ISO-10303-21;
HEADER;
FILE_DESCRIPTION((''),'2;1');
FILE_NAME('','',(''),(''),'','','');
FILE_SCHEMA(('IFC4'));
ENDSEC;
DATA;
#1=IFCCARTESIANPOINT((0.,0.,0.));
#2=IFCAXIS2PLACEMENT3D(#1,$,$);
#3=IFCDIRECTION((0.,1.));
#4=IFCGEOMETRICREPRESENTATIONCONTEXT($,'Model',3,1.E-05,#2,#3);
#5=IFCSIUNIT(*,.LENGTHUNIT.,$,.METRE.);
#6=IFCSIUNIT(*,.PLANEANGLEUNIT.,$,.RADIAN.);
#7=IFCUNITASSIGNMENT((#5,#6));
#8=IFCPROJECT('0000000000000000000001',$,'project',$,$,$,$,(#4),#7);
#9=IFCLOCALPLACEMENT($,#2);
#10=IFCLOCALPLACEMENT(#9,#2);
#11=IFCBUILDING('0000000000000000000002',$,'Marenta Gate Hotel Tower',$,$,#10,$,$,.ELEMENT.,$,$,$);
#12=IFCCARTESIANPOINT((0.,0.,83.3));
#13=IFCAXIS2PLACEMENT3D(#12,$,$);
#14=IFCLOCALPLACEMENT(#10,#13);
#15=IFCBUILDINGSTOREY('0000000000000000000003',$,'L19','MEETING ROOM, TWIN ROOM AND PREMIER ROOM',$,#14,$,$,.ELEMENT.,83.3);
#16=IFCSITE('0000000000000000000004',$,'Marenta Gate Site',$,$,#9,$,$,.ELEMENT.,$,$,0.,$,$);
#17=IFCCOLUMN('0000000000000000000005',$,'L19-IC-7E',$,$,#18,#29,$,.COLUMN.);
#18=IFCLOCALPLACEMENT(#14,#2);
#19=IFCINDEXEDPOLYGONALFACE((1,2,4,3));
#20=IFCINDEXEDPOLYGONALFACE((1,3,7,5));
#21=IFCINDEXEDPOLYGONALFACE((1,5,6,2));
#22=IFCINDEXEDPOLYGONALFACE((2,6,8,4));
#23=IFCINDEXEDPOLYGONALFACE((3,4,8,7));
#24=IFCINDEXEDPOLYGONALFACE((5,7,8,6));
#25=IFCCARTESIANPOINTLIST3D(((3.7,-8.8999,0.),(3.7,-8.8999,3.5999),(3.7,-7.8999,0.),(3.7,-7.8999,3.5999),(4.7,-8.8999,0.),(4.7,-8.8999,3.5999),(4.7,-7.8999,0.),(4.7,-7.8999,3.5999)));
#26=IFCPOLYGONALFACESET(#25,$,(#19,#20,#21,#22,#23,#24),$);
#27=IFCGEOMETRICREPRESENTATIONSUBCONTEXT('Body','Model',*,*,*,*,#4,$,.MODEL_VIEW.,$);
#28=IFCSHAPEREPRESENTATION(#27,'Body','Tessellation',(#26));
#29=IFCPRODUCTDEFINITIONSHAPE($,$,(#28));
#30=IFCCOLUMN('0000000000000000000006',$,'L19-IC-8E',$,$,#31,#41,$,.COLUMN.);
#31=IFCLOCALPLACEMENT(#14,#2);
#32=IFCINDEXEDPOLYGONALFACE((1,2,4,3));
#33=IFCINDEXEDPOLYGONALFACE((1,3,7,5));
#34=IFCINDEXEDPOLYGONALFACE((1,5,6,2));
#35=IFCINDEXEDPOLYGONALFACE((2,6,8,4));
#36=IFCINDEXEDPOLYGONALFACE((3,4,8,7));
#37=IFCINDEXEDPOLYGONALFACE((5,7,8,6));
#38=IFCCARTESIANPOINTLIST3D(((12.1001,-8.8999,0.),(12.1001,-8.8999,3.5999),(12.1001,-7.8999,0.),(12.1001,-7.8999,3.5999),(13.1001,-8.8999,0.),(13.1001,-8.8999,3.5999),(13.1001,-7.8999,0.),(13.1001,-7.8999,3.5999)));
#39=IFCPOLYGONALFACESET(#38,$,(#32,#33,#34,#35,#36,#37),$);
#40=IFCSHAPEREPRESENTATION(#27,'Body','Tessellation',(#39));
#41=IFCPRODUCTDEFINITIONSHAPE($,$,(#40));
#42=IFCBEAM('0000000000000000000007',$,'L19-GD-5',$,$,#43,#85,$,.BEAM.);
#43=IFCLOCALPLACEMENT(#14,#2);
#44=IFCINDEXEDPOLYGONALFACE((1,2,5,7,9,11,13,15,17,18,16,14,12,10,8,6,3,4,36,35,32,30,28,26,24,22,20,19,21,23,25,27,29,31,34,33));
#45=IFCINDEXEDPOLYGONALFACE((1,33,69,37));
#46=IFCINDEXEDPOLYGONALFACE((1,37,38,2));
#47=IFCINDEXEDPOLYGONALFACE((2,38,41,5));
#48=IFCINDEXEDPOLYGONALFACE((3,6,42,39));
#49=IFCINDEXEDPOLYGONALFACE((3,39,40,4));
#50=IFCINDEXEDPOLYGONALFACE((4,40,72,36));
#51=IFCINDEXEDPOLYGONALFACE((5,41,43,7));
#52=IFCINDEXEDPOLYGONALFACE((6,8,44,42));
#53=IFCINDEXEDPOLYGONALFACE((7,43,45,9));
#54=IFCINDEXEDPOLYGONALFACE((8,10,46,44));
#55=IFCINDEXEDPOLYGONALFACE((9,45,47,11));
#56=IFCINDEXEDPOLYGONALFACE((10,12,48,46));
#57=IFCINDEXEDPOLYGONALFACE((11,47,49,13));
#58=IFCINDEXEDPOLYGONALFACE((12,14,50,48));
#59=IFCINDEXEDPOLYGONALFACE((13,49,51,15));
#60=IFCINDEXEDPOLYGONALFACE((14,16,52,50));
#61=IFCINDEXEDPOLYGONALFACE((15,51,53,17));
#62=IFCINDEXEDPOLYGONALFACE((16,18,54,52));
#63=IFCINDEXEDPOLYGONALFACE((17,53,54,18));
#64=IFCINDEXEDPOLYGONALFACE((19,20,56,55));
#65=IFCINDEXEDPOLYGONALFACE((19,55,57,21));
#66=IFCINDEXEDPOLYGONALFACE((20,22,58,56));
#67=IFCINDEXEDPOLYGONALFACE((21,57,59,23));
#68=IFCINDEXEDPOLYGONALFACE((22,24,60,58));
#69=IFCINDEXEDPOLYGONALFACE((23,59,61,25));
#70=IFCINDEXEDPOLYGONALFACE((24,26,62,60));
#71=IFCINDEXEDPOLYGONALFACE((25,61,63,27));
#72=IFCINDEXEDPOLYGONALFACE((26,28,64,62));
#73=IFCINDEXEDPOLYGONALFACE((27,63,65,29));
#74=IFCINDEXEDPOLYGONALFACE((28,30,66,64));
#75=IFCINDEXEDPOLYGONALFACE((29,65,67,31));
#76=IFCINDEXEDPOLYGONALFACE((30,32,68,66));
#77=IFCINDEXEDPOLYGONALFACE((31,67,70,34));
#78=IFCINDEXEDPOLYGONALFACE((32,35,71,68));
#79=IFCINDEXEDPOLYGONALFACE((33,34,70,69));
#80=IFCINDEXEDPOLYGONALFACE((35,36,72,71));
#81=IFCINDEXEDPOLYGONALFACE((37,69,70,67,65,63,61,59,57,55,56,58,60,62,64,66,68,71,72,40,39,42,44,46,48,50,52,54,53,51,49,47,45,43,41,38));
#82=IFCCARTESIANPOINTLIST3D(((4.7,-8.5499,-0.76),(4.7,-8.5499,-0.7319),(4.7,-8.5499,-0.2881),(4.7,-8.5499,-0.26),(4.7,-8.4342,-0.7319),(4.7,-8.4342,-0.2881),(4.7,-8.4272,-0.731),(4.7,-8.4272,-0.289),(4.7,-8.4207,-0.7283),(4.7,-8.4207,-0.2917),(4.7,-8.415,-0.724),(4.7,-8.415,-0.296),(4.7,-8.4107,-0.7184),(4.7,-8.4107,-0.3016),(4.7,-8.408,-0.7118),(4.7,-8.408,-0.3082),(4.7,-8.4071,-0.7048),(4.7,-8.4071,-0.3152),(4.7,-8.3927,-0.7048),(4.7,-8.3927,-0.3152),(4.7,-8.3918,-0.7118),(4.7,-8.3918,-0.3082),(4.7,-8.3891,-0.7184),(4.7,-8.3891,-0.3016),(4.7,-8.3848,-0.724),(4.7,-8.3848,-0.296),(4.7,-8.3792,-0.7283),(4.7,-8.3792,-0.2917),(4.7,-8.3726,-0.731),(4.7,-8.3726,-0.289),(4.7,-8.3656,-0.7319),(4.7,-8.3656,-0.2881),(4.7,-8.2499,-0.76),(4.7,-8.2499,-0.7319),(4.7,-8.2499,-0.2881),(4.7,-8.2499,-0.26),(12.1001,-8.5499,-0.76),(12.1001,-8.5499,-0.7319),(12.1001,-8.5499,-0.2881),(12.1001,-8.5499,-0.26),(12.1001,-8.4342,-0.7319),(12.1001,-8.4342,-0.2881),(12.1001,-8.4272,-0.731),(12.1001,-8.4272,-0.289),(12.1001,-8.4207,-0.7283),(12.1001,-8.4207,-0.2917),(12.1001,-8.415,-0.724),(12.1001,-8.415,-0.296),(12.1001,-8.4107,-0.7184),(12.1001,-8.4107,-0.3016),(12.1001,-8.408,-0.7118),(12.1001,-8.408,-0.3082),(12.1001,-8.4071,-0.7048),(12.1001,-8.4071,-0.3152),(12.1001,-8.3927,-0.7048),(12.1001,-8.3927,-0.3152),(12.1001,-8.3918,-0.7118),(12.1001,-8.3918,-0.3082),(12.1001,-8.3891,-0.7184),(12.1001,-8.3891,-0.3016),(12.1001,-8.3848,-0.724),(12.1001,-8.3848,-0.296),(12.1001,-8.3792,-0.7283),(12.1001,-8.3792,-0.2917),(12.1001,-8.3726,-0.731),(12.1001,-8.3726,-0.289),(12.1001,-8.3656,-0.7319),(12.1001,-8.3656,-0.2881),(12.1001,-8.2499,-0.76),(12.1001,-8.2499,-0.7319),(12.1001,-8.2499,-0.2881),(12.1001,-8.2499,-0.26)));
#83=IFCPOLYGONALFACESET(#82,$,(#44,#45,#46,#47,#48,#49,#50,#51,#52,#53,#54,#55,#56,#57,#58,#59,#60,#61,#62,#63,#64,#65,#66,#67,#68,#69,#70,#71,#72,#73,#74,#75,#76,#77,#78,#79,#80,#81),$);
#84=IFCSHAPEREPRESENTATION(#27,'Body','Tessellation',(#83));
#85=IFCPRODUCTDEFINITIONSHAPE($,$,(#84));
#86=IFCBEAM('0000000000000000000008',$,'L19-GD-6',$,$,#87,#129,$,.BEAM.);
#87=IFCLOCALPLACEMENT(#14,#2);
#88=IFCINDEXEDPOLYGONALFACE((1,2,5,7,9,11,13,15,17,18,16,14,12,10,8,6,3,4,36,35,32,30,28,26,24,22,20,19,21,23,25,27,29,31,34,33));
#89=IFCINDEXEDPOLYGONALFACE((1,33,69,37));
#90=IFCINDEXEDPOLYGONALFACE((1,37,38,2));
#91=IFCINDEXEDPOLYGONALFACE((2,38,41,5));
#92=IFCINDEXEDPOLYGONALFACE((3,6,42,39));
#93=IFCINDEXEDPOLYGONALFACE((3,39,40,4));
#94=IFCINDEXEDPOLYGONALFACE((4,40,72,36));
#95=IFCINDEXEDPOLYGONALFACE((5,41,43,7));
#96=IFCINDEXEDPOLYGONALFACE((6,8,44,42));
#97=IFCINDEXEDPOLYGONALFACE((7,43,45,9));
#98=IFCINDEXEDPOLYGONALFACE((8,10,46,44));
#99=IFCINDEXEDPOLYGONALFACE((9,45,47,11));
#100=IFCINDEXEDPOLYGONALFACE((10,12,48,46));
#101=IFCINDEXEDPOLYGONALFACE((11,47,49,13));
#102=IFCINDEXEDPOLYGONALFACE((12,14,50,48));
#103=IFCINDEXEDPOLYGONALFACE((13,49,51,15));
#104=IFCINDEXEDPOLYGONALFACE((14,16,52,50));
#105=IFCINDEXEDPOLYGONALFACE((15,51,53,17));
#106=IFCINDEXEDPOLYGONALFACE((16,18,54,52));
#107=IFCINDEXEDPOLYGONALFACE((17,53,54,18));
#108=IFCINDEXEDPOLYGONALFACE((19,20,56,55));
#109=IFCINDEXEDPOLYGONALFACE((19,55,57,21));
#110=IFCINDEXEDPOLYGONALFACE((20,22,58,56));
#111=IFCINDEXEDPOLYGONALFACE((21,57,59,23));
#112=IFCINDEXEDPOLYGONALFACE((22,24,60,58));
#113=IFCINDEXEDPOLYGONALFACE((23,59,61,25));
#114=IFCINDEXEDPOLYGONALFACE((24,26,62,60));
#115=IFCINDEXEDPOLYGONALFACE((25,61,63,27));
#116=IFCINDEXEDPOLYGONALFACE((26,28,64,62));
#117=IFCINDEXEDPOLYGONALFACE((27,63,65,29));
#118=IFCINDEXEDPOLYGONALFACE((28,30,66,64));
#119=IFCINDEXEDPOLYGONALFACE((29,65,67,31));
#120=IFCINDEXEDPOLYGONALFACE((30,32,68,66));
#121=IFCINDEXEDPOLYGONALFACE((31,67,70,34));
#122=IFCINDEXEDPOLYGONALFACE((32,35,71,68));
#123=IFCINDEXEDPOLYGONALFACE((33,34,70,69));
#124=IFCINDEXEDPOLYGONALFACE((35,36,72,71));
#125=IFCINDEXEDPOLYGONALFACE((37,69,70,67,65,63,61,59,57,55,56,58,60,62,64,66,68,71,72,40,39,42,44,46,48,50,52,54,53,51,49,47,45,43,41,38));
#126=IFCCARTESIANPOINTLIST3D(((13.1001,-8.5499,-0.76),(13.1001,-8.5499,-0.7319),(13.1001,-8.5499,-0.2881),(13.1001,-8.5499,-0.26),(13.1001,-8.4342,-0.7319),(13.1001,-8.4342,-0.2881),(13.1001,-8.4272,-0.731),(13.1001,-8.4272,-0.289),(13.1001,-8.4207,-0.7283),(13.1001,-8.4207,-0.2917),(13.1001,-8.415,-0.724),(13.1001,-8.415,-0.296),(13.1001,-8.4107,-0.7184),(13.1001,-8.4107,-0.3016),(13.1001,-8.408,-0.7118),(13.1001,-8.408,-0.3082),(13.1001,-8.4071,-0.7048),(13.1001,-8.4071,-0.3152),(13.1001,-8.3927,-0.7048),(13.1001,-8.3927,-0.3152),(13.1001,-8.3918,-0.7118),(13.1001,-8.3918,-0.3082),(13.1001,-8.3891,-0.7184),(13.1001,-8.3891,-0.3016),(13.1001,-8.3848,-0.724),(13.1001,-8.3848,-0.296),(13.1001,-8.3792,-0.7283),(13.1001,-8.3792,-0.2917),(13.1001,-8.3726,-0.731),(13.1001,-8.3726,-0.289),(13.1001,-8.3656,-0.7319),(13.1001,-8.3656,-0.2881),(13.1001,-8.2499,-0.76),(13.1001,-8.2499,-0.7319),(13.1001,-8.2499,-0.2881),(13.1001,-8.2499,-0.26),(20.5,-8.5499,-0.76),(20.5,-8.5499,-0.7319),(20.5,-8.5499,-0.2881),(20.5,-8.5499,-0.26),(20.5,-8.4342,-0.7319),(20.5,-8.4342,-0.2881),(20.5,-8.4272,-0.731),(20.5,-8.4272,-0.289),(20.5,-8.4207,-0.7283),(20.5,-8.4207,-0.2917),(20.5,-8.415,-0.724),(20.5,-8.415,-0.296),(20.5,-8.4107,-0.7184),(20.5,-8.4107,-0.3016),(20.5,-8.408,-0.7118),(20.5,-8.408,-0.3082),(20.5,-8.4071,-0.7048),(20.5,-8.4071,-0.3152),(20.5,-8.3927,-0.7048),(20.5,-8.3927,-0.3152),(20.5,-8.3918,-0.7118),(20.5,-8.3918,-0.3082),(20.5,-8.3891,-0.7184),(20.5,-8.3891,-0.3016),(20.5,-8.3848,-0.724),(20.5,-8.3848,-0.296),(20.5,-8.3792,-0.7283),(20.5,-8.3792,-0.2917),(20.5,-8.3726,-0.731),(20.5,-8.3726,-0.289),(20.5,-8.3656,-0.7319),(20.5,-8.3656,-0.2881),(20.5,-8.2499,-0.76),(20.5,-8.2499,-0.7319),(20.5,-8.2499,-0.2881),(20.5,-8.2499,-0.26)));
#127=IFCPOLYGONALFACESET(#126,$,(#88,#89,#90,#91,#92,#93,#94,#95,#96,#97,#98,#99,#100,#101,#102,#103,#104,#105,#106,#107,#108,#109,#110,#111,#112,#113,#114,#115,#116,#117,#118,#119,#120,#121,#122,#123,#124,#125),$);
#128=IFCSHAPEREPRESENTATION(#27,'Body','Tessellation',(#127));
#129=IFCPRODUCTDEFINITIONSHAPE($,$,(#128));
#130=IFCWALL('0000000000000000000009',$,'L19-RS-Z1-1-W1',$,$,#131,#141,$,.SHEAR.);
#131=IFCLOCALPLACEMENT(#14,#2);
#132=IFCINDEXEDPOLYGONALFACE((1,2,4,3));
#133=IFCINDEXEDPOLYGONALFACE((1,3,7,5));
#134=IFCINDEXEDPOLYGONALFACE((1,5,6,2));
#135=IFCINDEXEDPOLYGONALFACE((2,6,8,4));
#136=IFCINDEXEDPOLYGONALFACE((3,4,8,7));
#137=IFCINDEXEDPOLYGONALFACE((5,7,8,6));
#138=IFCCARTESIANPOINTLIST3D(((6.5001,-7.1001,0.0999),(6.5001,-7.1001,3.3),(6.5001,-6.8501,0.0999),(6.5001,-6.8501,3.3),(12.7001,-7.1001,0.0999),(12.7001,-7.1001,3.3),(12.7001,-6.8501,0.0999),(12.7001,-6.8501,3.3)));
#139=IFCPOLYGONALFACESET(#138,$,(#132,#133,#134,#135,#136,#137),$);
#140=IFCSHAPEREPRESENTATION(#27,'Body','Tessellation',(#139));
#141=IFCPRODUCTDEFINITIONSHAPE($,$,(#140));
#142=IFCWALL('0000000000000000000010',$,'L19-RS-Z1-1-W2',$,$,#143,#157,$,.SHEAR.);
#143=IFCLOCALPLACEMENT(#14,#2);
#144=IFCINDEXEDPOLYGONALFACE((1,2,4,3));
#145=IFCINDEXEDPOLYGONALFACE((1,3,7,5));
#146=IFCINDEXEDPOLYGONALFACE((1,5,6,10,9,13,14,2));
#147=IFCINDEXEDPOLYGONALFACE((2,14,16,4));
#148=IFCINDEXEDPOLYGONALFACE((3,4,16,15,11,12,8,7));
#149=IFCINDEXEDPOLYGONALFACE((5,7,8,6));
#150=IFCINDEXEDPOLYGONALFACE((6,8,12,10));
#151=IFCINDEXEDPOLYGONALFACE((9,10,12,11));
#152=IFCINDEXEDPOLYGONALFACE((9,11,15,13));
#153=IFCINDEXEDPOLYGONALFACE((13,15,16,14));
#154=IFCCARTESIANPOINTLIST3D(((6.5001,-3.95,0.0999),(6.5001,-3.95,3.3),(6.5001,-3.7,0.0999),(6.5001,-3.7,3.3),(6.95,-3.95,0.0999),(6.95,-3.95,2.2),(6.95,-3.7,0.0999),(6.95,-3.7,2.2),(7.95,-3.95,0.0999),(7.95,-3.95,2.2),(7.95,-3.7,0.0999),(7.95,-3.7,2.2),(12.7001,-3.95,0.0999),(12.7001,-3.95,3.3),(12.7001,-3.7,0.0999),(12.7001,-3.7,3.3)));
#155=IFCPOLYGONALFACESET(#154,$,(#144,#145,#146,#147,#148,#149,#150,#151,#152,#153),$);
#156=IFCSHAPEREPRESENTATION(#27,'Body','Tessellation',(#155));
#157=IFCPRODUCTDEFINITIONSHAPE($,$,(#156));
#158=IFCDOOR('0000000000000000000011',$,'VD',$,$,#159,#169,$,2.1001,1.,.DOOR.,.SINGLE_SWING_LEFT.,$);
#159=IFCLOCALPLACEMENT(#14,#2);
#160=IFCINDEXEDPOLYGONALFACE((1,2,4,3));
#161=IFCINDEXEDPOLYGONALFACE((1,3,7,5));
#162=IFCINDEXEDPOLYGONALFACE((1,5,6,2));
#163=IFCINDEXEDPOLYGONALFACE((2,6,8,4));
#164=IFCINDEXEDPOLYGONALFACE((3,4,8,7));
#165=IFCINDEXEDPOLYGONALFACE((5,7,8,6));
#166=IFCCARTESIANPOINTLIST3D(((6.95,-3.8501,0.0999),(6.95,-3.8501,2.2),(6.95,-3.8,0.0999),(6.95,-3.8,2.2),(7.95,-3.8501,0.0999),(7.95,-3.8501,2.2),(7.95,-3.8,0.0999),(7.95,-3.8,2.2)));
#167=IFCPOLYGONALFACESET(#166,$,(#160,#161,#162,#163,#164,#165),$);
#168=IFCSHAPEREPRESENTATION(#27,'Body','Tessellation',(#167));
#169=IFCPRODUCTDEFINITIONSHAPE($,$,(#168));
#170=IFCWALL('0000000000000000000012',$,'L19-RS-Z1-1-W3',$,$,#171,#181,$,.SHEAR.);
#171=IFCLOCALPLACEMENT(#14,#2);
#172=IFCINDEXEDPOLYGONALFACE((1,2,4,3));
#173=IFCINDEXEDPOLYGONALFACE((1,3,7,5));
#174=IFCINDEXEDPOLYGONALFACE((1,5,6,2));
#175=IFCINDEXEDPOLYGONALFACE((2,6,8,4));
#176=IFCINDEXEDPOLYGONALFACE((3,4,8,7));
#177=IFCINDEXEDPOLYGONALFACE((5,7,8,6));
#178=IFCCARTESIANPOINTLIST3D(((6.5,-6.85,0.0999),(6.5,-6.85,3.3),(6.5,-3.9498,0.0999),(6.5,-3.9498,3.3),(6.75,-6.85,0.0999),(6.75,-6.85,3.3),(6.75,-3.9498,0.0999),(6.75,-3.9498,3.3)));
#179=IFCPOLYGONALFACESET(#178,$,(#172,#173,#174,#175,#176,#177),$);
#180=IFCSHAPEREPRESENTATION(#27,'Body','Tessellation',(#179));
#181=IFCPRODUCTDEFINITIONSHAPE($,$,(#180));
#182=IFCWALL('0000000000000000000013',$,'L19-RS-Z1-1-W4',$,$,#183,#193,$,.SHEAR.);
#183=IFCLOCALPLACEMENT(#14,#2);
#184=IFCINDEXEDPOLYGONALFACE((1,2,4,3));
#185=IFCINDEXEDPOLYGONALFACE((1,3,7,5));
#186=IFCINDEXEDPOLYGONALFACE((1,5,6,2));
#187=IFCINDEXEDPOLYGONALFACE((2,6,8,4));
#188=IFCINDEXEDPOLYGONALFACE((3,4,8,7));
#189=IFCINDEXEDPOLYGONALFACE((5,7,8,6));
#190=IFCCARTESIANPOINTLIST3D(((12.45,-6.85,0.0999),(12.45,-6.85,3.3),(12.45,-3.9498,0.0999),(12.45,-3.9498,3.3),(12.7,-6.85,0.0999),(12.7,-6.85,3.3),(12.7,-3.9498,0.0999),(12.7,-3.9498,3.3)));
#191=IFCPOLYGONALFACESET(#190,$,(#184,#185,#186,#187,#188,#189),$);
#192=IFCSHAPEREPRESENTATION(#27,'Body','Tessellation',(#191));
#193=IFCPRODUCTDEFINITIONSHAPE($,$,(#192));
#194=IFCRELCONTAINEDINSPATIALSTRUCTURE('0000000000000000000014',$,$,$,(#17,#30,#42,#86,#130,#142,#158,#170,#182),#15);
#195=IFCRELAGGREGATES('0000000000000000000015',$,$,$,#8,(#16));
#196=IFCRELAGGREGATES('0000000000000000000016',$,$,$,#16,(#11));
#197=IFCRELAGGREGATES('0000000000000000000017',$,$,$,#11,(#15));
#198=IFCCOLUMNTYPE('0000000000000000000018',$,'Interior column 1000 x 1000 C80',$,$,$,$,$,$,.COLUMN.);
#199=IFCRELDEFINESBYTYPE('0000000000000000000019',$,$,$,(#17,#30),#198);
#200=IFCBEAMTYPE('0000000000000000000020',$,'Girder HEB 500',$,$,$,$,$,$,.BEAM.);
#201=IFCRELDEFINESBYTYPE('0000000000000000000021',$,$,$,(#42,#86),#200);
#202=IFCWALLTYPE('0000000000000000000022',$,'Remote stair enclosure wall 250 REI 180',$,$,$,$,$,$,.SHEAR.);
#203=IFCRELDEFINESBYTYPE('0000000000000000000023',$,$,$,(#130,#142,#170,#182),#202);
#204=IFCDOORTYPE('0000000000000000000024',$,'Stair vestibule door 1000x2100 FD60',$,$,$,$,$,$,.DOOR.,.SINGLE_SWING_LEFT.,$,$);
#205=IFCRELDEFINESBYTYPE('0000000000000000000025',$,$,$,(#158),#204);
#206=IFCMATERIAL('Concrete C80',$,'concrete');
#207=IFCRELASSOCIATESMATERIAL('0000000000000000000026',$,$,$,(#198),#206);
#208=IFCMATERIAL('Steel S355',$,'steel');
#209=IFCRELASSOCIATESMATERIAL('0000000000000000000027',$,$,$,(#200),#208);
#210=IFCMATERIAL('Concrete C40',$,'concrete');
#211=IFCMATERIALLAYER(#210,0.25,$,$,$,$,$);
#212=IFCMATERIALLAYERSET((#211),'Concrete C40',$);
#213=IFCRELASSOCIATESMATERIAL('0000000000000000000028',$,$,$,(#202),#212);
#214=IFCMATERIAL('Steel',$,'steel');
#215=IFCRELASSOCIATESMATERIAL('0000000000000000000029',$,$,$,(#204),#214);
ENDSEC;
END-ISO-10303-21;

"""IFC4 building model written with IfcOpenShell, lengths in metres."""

from ifc_helpers import new_model, si_unit, direction, frame, frame_2d, origin, origin_2d, place, context, subcontext, project, spatial, rectangle, i_section, extrude, material, layer, layer_set, material_profile, profile_set, type_object, element, fill, save


model = new_model("IFC4")

# Units and contexts
model_context = context("Model", 3, precision=1e-05, world=origin(), true_north=direction((0.0, 1.0)))
body_context = subcontext(model_context, "Body", "Model", "MODEL_VIEW")
ifc_project = project(units=[si_unit("LENGTHUNIT", "METRE"), si_unit("PLANEANGLEUNIT", "RADIAN")], contexts=[model_context])

# Site, building, storey
site_placement = place(None, origin())
site = spatial("IfcSite", under=ifc_project, at=site_placement, Name="Marenta Gate Site", CompositionType="ELEMENT", RefElevation=0.0)
building_placement = place(site_placement, origin())
building = spatial("IfcBuilding", under=site, at=building_placement, Name="Marenta Gate Hotel Tower", CompositionType="ELEMENT")
storey_placement = place(building_placement, frame((0.0, 0.0, 83.3)))
storey = spatial("IfcBuildingStorey", under=building, at=storey_placement, Name="L19", Description="MEETING ROOM, TWIN ROOM AND PREMIER ROOM", CompositionType="ELEMENT", Elevation=83.3)

# Columns
ifc_material_1 = material(Name="Concrete C80", Category="concrete")
ifc_material_profile_1 = material_profile(ifc_material_1, rectangle(XDim=1.0, YDim=1.0, at=origin_2d()), Name="1000 x 1000")
ifc_profile_set_1 = profile_set([ifc_material_profile_1], Name="Concrete C80")
column_type = type_object("IfcColumnType", Name="Interior column 1000 x 1000 C80", PredefinedType="COLUMN", material=ifc_profile_set_1)
for number, where, z_axis, x_axis, name in (
    (1, (4.2, -8.3999, 0.0), (0.0, 0.0, 1.0), (1.0, 0.0, 0.0), "L19-IC-7E"),
    (2, (12.6001, -8.3999, 0.0), (0.0, 0.0, 1.0), (1.0, 0.0, 0.0), "L19-IC-8E"),
):
    element("IfcColumn", number, at=place(storey_placement, frame(where, z_axis=z_axis, x_axis=x_axis)), inside=storey, type_object=column_type, Name=name, PredefinedType="COLUMN", context=body_context, shape_type="SweptSolid", body=[
        extrude(rectangle(XDim=1.0, YDim=1.0, at=origin_2d()), origin(), (0.0, 0.0, 1.0), 3.5999),
    ])

# Beams
ifc_material_2 = material(Name="Steel S355", Category="steel")
ifc_material_profile_2 = material_profile(ifc_material_2, i_section(OverallWidth=0.3, OverallDepth=0.5, WebThickness=0.0144, FlangeThickness=0.0281, FilletRadius=0.0271, at=origin_2d()), Name="HEB 500")
ifc_profile_set_2 = profile_set([ifc_material_profile_2], Name="Steel S355")
beam_type = type_object("IfcBeamType", Name="Girder HEB 500", PredefinedType="BEAM", material=ifc_profile_set_2)
beam_1_placement = place(storey_placement, frame((4.7, -8.3999, -0.51), z_axis=(1.0, 0.0, 0.0), x_axis=(0.0, 1.0, 0.0)))
element("IfcBeam", 3, at=beam_1_placement, inside=storey, type_object=beam_type, Name="L19-GD-5", PredefinedType="BEAM", context=body_context, shape_type="SweptSolid", body=[
    extrude(i_section(OverallWidth=0.3, OverallDepth=0.5, WebThickness=0.0144, FlangeThickness=0.0281, FilletRadius=0.0271, at=origin_2d()), origin(), (0.0, 0.0, 1.0), 7.4001),
])
beam_2_placement = place(storey_placement, frame((13.1001, -8.3999, -0.51), z_axis=(1.0, 0.0, 0.0), x_axis=(0.0, 1.0, 0.0)))
element("IfcBeam", 4, at=beam_2_placement, inside=storey, type_object=beam_type, Name="L19-GD-6", PredefinedType="BEAM", context=body_context, shape_type="SweptSolid", body=[
    extrude(i_section(OverallWidth=0.3, OverallDepth=0.5, WebThickness=0.0144, FlangeThickness=0.0281, FilletRadius=0.0271, at=origin_2d()), origin(), (0.0, 0.0, 1.0), 7.3999),
])

# Wall
ifc_material_3 = material(Name="Concrete C40", Category="concrete")
ifc_layer_1 = layer(ifc_material_3, 0.25)
ifc_layer_set_1 = layer_set([ifc_layer_1], Name="Concrete C40")
wall_type_1 = type_object("IfcWallType", Name="Remote stair enclosure wall 250 REI 180", PredefinedType="SHEAR", material=ifc_layer_set_1)
wall_1_placement = place(storey_placement, frame((6.5, -6.9751, 0.0999), z_axis=(0.0, 0.0, 1.0), x_axis=(1.0, 0.0, 0.0)))
element("IfcWall", 5, at=wall_1_placement, inside=storey, type_object=wall_type_1, Name="L19-RS-Z1-1-W1", PredefinedType="SHEAR", context=body_context, shape_type="SweptSolid", body=[
    extrude(rectangle(XDim=6.2, YDim=0.25, at=frame_2d((3.1001, 0.0))), origin(), (0.0, 0.0, 1.0), 3.2002),
])

# Wall, opening, door
wall_2_placement = place(storey_placement, frame((6.5, -3.825, 0.0999), z_axis=(0.0, 0.0, 1.0), x_axis=(1.0, 0.0, 0.0)))
wall_2 = element("IfcWall", 6, at=wall_2_placement, inside=storey, type_object=wall_type_1, Name="L19-RS-Z1-1-W2", PredefinedType="SHEAR", context=body_context, shape_type="SweptSolid", body=[
    extrude(rectangle(XDim=6.2, YDim=0.25, at=frame_2d((3.1001, 0.0))), origin(), (0.0, 0.0, 1.0), 3.2002),
])
opening_1_placement = place(wall_2_placement, frame((0.45, 0.0, 0.0)))
opening_1 = element("IfcOpeningElement", 7, at=opening_1_placement, cuts=wall_2, PredefinedType="OPENING", context=body_context, shape_type="SweptSolid", body=[
    extrude(rectangle(XDim=1.0, YDim=2.1001, at=frame_2d((0.5, 1.05))), frame((0.0, 0.125, 0.0), z_axis=(0.0, -1.0, 0.0), x_axis=(1.0, 0.0, 0.0)), (0.0, 0.0, 1.0), 0.25),
])
ifc_material_4 = material(Name="Steel", Category="steel")
door_type_1 = type_object("IfcDoorType", Name="Stair vestibule door 1000x2100 FD60", OperationType="SINGLE_SWING_LEFT", PredefinedType="DOOR", material=ifc_material_4)
door_1_placement = place(opening_1_placement, origin())
door_1 = element("IfcDoor", 8, at=door_1_placement, inside=storey, type_object=door_type_1, Name="VD", OperationType="SINGLE_SWING_LEFT", OverallHeight=2.1001, OverallWidth=1.0, PredefinedType="DOOR", context=body_context, shape_type="SweptSolid", body=[
    extrude(rectangle(XDim=1.0, YDim=2.1001, at=frame_2d((0.5, 1.05))), frame((0.0, 0.0249, 0.0), z_axis=(0.0, -1.0, 0.0), x_axis=(1.0, 0.0, 0.0)), (0.0, 0.0, 1.0), 0.05),
])
fill(opening_1, door_1)

# Walls
for number, where, z_axis, x_axis, name in (
    (9, (6.625, -6.8501, 0.0999), (0.0, 0.0, 1.0), (0.0, 1.0, 0.0), "L19-RS-Z1-1-W3"),
    (10, (12.575, -6.8501, 0.0999), (0.0, 0.0, 1.0), (0.0, 1.0, 0.0), "L19-RS-Z1-1-W4"),
):
    element("IfcWall", number, at=place(storey_placement, frame(where, z_axis=z_axis, x_axis=x_axis)), inside=storey, type_object=wall_type_1, Name=name, PredefinedType="SHEAR", context=body_context, shape_type="SweptSolid", body=[
        extrude(rectangle(XDim=2.9001, YDim=0.25, at=frame_2d((1.4502, 0.0))), origin(), (0.0, 0.0, 1.0), 3.2002),
    ])

save(model, "model.ifc")
